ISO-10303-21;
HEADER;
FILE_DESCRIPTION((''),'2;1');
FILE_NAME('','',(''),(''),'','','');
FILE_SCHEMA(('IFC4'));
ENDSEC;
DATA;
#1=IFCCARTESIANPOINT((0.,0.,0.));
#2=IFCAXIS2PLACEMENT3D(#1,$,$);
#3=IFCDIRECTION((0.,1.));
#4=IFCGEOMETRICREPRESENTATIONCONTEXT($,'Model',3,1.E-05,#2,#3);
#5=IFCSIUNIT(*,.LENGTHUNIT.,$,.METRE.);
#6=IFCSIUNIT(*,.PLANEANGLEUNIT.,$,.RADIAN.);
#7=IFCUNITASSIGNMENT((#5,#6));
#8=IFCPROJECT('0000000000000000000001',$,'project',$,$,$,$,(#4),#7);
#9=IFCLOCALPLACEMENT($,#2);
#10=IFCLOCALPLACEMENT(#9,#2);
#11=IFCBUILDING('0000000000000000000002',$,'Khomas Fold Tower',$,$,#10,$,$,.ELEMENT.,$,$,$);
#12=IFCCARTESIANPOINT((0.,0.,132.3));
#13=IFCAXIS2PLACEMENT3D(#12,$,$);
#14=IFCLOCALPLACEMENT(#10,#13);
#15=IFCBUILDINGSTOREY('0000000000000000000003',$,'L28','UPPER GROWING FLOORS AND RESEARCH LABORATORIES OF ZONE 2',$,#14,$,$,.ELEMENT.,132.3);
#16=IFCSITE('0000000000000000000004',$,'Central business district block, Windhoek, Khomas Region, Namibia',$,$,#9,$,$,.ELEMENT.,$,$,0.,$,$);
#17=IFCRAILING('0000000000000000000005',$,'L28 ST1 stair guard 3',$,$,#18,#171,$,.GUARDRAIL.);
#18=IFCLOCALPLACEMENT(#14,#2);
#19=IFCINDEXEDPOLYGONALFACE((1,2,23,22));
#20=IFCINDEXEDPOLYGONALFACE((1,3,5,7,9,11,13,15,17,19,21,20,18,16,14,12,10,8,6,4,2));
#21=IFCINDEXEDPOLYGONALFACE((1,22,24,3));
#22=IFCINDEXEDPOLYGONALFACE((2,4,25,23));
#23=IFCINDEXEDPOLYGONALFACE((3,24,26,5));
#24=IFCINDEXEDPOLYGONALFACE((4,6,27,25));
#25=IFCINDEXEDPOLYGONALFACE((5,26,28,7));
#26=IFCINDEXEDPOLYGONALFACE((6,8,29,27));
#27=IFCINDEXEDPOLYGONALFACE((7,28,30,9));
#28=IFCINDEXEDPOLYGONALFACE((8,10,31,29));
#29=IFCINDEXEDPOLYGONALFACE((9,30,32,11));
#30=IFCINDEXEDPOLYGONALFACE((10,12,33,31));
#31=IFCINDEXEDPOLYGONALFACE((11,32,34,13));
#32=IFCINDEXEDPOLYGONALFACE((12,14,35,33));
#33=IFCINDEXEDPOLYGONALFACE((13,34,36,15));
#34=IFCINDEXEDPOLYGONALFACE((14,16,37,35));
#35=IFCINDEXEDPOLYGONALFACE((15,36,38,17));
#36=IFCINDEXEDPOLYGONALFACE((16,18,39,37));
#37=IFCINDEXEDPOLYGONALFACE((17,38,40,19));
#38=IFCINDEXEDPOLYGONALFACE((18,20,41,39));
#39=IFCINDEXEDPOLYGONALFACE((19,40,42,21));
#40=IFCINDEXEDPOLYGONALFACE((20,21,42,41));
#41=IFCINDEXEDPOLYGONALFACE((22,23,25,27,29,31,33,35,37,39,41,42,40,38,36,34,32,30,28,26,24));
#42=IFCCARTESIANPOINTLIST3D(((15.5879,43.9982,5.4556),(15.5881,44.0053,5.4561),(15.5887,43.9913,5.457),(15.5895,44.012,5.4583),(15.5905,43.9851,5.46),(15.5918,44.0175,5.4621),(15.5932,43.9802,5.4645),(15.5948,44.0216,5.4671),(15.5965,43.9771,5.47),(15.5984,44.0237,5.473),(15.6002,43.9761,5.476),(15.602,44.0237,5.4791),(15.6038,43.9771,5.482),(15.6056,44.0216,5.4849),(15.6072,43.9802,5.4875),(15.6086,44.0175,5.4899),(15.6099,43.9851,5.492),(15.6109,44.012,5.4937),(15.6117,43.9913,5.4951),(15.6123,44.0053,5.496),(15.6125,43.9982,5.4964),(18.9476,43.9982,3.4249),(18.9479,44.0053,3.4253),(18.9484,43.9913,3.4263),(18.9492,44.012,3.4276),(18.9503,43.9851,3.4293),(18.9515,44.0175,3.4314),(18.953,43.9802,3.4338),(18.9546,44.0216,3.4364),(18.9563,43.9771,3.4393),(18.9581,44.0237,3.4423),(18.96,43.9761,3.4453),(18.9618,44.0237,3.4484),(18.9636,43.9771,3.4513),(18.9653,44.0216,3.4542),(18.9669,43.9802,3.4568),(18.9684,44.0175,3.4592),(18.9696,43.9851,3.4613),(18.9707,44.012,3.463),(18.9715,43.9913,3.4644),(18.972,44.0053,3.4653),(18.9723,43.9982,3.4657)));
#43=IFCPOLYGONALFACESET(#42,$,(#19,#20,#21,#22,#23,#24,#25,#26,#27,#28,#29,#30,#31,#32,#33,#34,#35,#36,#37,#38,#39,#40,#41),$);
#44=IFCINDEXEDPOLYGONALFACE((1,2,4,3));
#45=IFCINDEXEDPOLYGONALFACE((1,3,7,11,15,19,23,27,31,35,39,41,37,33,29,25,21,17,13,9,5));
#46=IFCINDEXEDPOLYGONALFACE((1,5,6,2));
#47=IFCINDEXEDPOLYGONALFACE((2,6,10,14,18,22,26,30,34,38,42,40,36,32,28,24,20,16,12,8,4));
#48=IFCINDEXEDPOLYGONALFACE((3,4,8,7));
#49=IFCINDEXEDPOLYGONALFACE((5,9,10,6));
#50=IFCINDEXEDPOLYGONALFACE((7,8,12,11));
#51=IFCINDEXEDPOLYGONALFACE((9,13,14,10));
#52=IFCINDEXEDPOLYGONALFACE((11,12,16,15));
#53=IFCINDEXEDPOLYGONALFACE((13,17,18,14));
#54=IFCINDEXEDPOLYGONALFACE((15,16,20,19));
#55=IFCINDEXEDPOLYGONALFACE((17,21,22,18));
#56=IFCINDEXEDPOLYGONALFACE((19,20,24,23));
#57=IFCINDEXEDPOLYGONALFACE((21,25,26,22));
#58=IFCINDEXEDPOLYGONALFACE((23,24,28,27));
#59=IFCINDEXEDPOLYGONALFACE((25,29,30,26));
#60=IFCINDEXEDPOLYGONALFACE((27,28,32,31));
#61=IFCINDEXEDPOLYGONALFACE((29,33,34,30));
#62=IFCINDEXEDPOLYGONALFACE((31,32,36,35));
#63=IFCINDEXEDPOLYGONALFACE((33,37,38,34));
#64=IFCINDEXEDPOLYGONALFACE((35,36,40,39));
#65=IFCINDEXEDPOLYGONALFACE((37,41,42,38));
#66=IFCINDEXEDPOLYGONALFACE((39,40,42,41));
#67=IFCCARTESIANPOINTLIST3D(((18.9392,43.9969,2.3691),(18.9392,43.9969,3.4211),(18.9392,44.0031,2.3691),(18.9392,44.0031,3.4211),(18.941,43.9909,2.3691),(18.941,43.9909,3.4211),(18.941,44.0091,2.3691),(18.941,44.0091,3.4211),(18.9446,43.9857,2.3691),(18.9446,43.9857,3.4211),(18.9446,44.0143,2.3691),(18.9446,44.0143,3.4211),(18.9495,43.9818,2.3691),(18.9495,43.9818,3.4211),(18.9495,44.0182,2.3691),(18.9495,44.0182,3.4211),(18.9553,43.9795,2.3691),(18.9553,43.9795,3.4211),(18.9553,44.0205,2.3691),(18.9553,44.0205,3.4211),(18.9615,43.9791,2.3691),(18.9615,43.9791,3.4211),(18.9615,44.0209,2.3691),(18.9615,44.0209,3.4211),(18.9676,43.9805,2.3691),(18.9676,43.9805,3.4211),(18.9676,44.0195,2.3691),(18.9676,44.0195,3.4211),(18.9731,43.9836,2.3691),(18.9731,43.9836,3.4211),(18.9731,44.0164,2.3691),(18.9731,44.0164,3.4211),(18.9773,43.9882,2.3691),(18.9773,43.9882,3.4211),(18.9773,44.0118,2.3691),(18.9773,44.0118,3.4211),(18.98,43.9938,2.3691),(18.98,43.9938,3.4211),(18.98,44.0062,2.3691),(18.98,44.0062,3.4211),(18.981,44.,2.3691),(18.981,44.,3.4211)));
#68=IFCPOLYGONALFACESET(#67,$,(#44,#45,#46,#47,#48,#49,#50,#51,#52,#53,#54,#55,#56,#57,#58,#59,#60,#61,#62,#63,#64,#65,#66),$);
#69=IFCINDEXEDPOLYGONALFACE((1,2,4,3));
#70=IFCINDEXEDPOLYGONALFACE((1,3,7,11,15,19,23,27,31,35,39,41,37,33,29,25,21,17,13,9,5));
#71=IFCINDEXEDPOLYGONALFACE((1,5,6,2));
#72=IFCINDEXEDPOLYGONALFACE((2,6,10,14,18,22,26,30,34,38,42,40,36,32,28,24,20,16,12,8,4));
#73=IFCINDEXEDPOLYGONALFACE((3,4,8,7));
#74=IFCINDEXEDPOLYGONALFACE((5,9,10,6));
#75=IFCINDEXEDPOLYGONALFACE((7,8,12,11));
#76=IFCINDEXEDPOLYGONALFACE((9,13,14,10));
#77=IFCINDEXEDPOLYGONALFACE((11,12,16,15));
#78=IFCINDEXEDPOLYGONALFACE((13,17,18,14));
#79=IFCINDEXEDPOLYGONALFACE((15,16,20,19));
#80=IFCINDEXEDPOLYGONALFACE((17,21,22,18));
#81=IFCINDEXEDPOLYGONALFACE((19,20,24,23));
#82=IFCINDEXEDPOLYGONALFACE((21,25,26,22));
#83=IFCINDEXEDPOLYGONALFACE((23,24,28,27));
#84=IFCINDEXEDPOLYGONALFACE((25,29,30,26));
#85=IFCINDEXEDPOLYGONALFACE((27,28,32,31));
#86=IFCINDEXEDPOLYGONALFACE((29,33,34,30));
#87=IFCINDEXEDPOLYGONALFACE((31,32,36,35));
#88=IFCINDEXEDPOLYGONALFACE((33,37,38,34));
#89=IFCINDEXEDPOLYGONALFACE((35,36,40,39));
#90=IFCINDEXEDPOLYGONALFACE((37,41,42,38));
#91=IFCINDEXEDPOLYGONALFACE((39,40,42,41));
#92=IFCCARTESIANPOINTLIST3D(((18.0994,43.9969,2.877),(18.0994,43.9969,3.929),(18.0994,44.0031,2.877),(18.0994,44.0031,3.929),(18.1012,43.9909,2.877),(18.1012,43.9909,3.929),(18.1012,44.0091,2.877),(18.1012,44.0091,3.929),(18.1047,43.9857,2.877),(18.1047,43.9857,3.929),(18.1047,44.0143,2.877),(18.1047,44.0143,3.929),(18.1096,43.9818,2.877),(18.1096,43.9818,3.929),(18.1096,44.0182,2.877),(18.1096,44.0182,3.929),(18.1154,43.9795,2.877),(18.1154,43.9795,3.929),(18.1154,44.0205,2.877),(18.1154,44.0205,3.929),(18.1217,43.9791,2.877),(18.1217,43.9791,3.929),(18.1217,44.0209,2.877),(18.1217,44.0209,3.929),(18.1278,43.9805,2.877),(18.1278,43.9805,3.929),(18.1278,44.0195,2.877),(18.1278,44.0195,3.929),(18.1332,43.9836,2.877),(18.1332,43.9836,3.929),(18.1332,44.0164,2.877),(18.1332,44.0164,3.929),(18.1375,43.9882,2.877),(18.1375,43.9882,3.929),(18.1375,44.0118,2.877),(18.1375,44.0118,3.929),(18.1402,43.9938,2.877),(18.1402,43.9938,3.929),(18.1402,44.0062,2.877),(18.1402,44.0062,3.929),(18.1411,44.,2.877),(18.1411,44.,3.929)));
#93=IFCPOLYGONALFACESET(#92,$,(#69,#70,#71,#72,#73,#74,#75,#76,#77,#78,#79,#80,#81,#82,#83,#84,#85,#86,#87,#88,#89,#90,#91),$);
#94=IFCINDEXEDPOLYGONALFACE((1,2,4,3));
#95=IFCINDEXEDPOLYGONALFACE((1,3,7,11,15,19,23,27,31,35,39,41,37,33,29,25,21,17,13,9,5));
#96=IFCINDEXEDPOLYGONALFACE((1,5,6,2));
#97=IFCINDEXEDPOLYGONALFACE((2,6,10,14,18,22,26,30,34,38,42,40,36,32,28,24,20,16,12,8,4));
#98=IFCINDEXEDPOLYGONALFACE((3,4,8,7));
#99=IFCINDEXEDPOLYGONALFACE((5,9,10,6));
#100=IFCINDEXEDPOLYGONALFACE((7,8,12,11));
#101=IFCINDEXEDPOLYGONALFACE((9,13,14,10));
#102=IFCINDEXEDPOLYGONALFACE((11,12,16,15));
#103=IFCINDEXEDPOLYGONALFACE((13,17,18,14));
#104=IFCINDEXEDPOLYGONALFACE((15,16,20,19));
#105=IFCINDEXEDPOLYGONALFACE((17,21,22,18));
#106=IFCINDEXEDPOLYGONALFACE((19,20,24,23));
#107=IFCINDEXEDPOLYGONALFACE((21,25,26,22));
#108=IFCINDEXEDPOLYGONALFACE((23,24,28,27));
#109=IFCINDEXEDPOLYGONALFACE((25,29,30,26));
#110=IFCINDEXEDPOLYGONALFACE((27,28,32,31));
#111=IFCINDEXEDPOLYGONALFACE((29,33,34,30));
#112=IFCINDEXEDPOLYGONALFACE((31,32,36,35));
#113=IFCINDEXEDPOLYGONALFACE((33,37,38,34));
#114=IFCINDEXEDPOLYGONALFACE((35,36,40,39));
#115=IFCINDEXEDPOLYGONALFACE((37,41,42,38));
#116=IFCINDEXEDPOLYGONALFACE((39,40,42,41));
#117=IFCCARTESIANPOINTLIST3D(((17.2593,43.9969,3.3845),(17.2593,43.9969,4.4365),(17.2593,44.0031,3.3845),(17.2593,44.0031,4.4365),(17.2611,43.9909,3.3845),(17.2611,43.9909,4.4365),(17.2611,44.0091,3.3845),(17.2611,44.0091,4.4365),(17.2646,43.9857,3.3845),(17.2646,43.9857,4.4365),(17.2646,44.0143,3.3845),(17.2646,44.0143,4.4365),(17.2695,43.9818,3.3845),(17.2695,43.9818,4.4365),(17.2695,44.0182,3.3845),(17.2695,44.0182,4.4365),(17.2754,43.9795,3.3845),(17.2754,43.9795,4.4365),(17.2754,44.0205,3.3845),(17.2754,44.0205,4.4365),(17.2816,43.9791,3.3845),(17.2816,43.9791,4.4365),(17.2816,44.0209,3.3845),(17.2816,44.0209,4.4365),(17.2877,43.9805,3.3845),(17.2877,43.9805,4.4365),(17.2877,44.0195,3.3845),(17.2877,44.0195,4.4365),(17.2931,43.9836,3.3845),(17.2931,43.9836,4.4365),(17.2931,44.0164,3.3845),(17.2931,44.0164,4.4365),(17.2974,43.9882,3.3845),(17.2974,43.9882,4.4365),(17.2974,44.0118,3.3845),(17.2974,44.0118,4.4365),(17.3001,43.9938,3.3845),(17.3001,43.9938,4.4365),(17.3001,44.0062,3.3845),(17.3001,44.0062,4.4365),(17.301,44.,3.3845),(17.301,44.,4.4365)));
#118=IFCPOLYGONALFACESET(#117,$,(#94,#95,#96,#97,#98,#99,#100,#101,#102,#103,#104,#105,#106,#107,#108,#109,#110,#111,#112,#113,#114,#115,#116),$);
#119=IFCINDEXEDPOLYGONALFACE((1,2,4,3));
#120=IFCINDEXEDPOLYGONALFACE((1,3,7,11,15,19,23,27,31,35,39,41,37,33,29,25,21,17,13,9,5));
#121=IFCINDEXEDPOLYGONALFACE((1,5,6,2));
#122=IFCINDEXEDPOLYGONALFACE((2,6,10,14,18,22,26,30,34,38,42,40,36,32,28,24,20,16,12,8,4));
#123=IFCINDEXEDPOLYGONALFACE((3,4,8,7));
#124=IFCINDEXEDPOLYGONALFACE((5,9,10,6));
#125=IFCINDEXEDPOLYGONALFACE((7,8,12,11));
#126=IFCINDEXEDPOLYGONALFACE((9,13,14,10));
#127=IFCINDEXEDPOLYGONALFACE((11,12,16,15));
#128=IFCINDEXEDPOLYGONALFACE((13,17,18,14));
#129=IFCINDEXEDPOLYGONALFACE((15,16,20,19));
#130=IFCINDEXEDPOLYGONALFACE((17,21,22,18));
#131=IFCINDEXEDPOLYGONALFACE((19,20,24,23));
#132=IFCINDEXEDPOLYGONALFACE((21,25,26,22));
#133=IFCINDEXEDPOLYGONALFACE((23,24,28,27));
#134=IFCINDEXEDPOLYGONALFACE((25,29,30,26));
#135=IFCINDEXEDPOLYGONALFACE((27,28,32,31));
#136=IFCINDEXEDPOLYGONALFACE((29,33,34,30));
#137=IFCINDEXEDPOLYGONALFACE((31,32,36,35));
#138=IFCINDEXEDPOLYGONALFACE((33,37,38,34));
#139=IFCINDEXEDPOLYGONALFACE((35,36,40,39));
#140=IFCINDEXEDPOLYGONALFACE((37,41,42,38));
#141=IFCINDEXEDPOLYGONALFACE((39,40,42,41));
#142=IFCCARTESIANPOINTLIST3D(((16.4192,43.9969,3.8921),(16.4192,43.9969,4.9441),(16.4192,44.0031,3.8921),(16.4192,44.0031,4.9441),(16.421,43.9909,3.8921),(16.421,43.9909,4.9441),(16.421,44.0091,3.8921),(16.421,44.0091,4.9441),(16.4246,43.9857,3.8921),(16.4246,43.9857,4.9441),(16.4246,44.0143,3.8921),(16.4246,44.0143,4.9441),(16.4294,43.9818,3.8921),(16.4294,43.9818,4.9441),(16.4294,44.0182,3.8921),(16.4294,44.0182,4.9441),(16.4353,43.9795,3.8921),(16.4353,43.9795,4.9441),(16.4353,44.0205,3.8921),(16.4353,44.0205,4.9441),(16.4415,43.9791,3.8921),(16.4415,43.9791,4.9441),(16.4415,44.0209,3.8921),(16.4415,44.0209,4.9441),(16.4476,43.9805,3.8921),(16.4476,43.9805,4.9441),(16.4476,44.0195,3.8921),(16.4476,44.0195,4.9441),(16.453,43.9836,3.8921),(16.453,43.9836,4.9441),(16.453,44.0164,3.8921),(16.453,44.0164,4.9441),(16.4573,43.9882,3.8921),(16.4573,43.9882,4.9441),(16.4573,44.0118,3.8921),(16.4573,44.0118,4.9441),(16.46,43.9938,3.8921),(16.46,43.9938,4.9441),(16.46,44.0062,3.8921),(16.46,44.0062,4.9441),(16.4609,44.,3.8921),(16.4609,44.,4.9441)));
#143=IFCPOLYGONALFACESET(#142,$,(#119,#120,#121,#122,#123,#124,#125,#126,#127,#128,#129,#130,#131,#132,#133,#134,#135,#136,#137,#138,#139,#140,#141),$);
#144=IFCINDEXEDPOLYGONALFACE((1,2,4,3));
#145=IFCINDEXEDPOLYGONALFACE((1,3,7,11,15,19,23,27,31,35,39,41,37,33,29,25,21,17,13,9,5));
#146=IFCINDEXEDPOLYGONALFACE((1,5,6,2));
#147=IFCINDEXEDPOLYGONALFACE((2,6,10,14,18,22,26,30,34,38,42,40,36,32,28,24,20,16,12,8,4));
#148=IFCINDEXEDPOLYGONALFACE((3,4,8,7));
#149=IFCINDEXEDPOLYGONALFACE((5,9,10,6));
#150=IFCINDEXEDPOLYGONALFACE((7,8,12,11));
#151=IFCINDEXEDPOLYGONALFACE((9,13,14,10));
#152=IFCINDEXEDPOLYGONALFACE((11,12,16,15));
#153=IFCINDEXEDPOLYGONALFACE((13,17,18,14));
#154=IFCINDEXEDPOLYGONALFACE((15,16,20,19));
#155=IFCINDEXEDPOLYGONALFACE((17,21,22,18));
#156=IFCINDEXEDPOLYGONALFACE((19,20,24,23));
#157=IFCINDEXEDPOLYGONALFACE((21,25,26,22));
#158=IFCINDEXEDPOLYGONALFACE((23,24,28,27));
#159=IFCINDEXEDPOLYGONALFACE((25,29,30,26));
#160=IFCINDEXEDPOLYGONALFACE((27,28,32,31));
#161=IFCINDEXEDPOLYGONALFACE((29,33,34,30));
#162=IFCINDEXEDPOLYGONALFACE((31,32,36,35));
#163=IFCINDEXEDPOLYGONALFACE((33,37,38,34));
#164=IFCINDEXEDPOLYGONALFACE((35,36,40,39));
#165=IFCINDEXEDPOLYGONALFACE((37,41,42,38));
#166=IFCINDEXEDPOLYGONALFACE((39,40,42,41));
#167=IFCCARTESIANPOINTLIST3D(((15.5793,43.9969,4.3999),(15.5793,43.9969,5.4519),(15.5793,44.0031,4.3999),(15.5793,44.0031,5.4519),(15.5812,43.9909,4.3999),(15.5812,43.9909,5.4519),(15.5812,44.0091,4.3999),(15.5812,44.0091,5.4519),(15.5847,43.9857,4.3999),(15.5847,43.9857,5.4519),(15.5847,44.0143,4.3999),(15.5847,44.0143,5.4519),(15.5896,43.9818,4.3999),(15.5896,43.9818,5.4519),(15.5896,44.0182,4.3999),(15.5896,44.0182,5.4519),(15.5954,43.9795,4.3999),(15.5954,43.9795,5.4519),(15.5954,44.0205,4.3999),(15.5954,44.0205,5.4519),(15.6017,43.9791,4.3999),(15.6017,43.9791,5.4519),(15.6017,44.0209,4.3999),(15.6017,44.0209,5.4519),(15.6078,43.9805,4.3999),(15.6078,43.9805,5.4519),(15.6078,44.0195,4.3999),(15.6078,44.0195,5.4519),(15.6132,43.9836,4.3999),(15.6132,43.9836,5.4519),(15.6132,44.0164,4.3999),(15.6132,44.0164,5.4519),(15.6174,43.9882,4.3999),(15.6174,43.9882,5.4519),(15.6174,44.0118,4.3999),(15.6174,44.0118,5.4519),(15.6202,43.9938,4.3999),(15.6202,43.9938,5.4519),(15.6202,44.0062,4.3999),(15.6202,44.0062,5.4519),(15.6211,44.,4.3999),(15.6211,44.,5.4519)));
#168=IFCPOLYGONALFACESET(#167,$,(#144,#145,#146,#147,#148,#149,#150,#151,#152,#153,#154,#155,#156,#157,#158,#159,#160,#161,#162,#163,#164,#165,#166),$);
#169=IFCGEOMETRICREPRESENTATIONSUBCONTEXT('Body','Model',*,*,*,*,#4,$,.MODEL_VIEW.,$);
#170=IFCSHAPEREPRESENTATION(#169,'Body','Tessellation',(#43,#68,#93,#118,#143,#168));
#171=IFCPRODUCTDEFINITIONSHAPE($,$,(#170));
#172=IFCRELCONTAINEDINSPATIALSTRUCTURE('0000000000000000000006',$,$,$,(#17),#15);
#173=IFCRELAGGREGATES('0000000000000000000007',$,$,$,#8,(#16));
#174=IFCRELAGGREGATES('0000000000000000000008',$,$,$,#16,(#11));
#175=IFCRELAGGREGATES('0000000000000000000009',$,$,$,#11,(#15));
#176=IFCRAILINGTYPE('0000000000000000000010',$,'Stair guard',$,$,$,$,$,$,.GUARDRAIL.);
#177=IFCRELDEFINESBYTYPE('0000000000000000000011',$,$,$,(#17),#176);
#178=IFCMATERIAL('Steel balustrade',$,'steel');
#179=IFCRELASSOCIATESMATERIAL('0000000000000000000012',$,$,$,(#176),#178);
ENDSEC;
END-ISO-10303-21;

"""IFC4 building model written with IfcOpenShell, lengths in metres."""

from ifc_helpers import new_model, si_unit, direction, frame, origin, origin_2d, place, context, subcontext, project, spatial, circle, extrude, source, transform, mapped, material, type_object, element, save


model = new_model("IFC4")

# Units and contexts
model_context = context("Model", 3, precision=1e-05, world=origin(), true_north=direction((0.0, 1.0)))
body_context = subcontext(model_context, "Body", "Model", "MODEL_VIEW")
ifc_project = project(units=[si_unit("LENGTHUNIT", "METRE"), si_unit("PLANEANGLEUNIT", "RADIAN")], contexts=[model_context])

# Site, building, storey
site_placement = place(None, origin())
site = spatial("IfcSite", under=ifc_project, at=site_placement, Name="Central business district block, Windhoek, Khomas Region, Namibia", CompositionType="ELEMENT", RefElevation=0.0)
building_placement = place(site_placement, origin())
building = spatial("IfcBuilding", under=site, at=building_placement, Name="Khomas Fold Tower", CompositionType="ELEMENT")
storey_placement = place(building_placement, frame((0.0, 0.0, 132.3)))
storey = spatial("IfcBuildingStorey", under=building, at=storey_placement, Name="L28", Description="UPPER GROWING FLOORS AND RESEARCH LABORATORIES OF ZONE 2", CompositionType="ELEMENT", Elevation=132.3)

# Railing
ifc_material_1 = material(Name="Steel balustrade", Category="steel")
railing_type_1 = type_object("IfcRailingType", Name="Stair guard", PredefinedType="GUARDRAIL", material=ifc_material_1)
shared_shape_1 = source(origin(), body_context, "Body", "SweptSolid", [
    extrude(circle(Radius=0.0239, at=origin_2d()), frame((0.0, 0.0, 1.0762), z_axis=(-0.85582, 0.0, 0.517273), x_axis=(0.0, -1.0, 0.0)), (0.0, 0.0, 1.0), 3.9258),
    extrude(circle(Radius=0.021, at=origin_2d()), origin(), (0.0, 0.0, 1.0), 1.052),
    extrude(circle(Radius=0.021, at=origin_2d()), frame((-0.8398, 0.0, 0.5078)), (0.0, 0.0, 1.0), 1.052),
    extrude(circle(Radius=0.021, at=origin_2d()), frame((-1.6799, 0.0, 1.0154)), (0.0, 0.0, 1.0), 1.052),
    extrude(circle(Radius=0.021, at=origin_2d()), frame((-2.52, 0.0, 1.5229)), (0.0, 0.0, 1.0), 1.052),
    extrude(circle(Radius=0.021, at=origin_2d()), frame((-3.3599, 0.0, 2.0308)), (0.0, 0.0, 1.0), 1.052),
])
railing_1_placement = place(storey_placement, frame((18.96, 44.0, 2.3691)))
element("IfcRailing", 1, at=railing_1_placement, inside=storey, type_object=railing_type_1, Name="L28 ST1 stair guard 3", PredefinedType="GUARDRAIL", context=body_context, shape_type="MappedRepresentation", body=[
    mapped(shared_shape_1, transform((0.0, 0.0, 0.0))),
])

save(model, "model.ifc")
